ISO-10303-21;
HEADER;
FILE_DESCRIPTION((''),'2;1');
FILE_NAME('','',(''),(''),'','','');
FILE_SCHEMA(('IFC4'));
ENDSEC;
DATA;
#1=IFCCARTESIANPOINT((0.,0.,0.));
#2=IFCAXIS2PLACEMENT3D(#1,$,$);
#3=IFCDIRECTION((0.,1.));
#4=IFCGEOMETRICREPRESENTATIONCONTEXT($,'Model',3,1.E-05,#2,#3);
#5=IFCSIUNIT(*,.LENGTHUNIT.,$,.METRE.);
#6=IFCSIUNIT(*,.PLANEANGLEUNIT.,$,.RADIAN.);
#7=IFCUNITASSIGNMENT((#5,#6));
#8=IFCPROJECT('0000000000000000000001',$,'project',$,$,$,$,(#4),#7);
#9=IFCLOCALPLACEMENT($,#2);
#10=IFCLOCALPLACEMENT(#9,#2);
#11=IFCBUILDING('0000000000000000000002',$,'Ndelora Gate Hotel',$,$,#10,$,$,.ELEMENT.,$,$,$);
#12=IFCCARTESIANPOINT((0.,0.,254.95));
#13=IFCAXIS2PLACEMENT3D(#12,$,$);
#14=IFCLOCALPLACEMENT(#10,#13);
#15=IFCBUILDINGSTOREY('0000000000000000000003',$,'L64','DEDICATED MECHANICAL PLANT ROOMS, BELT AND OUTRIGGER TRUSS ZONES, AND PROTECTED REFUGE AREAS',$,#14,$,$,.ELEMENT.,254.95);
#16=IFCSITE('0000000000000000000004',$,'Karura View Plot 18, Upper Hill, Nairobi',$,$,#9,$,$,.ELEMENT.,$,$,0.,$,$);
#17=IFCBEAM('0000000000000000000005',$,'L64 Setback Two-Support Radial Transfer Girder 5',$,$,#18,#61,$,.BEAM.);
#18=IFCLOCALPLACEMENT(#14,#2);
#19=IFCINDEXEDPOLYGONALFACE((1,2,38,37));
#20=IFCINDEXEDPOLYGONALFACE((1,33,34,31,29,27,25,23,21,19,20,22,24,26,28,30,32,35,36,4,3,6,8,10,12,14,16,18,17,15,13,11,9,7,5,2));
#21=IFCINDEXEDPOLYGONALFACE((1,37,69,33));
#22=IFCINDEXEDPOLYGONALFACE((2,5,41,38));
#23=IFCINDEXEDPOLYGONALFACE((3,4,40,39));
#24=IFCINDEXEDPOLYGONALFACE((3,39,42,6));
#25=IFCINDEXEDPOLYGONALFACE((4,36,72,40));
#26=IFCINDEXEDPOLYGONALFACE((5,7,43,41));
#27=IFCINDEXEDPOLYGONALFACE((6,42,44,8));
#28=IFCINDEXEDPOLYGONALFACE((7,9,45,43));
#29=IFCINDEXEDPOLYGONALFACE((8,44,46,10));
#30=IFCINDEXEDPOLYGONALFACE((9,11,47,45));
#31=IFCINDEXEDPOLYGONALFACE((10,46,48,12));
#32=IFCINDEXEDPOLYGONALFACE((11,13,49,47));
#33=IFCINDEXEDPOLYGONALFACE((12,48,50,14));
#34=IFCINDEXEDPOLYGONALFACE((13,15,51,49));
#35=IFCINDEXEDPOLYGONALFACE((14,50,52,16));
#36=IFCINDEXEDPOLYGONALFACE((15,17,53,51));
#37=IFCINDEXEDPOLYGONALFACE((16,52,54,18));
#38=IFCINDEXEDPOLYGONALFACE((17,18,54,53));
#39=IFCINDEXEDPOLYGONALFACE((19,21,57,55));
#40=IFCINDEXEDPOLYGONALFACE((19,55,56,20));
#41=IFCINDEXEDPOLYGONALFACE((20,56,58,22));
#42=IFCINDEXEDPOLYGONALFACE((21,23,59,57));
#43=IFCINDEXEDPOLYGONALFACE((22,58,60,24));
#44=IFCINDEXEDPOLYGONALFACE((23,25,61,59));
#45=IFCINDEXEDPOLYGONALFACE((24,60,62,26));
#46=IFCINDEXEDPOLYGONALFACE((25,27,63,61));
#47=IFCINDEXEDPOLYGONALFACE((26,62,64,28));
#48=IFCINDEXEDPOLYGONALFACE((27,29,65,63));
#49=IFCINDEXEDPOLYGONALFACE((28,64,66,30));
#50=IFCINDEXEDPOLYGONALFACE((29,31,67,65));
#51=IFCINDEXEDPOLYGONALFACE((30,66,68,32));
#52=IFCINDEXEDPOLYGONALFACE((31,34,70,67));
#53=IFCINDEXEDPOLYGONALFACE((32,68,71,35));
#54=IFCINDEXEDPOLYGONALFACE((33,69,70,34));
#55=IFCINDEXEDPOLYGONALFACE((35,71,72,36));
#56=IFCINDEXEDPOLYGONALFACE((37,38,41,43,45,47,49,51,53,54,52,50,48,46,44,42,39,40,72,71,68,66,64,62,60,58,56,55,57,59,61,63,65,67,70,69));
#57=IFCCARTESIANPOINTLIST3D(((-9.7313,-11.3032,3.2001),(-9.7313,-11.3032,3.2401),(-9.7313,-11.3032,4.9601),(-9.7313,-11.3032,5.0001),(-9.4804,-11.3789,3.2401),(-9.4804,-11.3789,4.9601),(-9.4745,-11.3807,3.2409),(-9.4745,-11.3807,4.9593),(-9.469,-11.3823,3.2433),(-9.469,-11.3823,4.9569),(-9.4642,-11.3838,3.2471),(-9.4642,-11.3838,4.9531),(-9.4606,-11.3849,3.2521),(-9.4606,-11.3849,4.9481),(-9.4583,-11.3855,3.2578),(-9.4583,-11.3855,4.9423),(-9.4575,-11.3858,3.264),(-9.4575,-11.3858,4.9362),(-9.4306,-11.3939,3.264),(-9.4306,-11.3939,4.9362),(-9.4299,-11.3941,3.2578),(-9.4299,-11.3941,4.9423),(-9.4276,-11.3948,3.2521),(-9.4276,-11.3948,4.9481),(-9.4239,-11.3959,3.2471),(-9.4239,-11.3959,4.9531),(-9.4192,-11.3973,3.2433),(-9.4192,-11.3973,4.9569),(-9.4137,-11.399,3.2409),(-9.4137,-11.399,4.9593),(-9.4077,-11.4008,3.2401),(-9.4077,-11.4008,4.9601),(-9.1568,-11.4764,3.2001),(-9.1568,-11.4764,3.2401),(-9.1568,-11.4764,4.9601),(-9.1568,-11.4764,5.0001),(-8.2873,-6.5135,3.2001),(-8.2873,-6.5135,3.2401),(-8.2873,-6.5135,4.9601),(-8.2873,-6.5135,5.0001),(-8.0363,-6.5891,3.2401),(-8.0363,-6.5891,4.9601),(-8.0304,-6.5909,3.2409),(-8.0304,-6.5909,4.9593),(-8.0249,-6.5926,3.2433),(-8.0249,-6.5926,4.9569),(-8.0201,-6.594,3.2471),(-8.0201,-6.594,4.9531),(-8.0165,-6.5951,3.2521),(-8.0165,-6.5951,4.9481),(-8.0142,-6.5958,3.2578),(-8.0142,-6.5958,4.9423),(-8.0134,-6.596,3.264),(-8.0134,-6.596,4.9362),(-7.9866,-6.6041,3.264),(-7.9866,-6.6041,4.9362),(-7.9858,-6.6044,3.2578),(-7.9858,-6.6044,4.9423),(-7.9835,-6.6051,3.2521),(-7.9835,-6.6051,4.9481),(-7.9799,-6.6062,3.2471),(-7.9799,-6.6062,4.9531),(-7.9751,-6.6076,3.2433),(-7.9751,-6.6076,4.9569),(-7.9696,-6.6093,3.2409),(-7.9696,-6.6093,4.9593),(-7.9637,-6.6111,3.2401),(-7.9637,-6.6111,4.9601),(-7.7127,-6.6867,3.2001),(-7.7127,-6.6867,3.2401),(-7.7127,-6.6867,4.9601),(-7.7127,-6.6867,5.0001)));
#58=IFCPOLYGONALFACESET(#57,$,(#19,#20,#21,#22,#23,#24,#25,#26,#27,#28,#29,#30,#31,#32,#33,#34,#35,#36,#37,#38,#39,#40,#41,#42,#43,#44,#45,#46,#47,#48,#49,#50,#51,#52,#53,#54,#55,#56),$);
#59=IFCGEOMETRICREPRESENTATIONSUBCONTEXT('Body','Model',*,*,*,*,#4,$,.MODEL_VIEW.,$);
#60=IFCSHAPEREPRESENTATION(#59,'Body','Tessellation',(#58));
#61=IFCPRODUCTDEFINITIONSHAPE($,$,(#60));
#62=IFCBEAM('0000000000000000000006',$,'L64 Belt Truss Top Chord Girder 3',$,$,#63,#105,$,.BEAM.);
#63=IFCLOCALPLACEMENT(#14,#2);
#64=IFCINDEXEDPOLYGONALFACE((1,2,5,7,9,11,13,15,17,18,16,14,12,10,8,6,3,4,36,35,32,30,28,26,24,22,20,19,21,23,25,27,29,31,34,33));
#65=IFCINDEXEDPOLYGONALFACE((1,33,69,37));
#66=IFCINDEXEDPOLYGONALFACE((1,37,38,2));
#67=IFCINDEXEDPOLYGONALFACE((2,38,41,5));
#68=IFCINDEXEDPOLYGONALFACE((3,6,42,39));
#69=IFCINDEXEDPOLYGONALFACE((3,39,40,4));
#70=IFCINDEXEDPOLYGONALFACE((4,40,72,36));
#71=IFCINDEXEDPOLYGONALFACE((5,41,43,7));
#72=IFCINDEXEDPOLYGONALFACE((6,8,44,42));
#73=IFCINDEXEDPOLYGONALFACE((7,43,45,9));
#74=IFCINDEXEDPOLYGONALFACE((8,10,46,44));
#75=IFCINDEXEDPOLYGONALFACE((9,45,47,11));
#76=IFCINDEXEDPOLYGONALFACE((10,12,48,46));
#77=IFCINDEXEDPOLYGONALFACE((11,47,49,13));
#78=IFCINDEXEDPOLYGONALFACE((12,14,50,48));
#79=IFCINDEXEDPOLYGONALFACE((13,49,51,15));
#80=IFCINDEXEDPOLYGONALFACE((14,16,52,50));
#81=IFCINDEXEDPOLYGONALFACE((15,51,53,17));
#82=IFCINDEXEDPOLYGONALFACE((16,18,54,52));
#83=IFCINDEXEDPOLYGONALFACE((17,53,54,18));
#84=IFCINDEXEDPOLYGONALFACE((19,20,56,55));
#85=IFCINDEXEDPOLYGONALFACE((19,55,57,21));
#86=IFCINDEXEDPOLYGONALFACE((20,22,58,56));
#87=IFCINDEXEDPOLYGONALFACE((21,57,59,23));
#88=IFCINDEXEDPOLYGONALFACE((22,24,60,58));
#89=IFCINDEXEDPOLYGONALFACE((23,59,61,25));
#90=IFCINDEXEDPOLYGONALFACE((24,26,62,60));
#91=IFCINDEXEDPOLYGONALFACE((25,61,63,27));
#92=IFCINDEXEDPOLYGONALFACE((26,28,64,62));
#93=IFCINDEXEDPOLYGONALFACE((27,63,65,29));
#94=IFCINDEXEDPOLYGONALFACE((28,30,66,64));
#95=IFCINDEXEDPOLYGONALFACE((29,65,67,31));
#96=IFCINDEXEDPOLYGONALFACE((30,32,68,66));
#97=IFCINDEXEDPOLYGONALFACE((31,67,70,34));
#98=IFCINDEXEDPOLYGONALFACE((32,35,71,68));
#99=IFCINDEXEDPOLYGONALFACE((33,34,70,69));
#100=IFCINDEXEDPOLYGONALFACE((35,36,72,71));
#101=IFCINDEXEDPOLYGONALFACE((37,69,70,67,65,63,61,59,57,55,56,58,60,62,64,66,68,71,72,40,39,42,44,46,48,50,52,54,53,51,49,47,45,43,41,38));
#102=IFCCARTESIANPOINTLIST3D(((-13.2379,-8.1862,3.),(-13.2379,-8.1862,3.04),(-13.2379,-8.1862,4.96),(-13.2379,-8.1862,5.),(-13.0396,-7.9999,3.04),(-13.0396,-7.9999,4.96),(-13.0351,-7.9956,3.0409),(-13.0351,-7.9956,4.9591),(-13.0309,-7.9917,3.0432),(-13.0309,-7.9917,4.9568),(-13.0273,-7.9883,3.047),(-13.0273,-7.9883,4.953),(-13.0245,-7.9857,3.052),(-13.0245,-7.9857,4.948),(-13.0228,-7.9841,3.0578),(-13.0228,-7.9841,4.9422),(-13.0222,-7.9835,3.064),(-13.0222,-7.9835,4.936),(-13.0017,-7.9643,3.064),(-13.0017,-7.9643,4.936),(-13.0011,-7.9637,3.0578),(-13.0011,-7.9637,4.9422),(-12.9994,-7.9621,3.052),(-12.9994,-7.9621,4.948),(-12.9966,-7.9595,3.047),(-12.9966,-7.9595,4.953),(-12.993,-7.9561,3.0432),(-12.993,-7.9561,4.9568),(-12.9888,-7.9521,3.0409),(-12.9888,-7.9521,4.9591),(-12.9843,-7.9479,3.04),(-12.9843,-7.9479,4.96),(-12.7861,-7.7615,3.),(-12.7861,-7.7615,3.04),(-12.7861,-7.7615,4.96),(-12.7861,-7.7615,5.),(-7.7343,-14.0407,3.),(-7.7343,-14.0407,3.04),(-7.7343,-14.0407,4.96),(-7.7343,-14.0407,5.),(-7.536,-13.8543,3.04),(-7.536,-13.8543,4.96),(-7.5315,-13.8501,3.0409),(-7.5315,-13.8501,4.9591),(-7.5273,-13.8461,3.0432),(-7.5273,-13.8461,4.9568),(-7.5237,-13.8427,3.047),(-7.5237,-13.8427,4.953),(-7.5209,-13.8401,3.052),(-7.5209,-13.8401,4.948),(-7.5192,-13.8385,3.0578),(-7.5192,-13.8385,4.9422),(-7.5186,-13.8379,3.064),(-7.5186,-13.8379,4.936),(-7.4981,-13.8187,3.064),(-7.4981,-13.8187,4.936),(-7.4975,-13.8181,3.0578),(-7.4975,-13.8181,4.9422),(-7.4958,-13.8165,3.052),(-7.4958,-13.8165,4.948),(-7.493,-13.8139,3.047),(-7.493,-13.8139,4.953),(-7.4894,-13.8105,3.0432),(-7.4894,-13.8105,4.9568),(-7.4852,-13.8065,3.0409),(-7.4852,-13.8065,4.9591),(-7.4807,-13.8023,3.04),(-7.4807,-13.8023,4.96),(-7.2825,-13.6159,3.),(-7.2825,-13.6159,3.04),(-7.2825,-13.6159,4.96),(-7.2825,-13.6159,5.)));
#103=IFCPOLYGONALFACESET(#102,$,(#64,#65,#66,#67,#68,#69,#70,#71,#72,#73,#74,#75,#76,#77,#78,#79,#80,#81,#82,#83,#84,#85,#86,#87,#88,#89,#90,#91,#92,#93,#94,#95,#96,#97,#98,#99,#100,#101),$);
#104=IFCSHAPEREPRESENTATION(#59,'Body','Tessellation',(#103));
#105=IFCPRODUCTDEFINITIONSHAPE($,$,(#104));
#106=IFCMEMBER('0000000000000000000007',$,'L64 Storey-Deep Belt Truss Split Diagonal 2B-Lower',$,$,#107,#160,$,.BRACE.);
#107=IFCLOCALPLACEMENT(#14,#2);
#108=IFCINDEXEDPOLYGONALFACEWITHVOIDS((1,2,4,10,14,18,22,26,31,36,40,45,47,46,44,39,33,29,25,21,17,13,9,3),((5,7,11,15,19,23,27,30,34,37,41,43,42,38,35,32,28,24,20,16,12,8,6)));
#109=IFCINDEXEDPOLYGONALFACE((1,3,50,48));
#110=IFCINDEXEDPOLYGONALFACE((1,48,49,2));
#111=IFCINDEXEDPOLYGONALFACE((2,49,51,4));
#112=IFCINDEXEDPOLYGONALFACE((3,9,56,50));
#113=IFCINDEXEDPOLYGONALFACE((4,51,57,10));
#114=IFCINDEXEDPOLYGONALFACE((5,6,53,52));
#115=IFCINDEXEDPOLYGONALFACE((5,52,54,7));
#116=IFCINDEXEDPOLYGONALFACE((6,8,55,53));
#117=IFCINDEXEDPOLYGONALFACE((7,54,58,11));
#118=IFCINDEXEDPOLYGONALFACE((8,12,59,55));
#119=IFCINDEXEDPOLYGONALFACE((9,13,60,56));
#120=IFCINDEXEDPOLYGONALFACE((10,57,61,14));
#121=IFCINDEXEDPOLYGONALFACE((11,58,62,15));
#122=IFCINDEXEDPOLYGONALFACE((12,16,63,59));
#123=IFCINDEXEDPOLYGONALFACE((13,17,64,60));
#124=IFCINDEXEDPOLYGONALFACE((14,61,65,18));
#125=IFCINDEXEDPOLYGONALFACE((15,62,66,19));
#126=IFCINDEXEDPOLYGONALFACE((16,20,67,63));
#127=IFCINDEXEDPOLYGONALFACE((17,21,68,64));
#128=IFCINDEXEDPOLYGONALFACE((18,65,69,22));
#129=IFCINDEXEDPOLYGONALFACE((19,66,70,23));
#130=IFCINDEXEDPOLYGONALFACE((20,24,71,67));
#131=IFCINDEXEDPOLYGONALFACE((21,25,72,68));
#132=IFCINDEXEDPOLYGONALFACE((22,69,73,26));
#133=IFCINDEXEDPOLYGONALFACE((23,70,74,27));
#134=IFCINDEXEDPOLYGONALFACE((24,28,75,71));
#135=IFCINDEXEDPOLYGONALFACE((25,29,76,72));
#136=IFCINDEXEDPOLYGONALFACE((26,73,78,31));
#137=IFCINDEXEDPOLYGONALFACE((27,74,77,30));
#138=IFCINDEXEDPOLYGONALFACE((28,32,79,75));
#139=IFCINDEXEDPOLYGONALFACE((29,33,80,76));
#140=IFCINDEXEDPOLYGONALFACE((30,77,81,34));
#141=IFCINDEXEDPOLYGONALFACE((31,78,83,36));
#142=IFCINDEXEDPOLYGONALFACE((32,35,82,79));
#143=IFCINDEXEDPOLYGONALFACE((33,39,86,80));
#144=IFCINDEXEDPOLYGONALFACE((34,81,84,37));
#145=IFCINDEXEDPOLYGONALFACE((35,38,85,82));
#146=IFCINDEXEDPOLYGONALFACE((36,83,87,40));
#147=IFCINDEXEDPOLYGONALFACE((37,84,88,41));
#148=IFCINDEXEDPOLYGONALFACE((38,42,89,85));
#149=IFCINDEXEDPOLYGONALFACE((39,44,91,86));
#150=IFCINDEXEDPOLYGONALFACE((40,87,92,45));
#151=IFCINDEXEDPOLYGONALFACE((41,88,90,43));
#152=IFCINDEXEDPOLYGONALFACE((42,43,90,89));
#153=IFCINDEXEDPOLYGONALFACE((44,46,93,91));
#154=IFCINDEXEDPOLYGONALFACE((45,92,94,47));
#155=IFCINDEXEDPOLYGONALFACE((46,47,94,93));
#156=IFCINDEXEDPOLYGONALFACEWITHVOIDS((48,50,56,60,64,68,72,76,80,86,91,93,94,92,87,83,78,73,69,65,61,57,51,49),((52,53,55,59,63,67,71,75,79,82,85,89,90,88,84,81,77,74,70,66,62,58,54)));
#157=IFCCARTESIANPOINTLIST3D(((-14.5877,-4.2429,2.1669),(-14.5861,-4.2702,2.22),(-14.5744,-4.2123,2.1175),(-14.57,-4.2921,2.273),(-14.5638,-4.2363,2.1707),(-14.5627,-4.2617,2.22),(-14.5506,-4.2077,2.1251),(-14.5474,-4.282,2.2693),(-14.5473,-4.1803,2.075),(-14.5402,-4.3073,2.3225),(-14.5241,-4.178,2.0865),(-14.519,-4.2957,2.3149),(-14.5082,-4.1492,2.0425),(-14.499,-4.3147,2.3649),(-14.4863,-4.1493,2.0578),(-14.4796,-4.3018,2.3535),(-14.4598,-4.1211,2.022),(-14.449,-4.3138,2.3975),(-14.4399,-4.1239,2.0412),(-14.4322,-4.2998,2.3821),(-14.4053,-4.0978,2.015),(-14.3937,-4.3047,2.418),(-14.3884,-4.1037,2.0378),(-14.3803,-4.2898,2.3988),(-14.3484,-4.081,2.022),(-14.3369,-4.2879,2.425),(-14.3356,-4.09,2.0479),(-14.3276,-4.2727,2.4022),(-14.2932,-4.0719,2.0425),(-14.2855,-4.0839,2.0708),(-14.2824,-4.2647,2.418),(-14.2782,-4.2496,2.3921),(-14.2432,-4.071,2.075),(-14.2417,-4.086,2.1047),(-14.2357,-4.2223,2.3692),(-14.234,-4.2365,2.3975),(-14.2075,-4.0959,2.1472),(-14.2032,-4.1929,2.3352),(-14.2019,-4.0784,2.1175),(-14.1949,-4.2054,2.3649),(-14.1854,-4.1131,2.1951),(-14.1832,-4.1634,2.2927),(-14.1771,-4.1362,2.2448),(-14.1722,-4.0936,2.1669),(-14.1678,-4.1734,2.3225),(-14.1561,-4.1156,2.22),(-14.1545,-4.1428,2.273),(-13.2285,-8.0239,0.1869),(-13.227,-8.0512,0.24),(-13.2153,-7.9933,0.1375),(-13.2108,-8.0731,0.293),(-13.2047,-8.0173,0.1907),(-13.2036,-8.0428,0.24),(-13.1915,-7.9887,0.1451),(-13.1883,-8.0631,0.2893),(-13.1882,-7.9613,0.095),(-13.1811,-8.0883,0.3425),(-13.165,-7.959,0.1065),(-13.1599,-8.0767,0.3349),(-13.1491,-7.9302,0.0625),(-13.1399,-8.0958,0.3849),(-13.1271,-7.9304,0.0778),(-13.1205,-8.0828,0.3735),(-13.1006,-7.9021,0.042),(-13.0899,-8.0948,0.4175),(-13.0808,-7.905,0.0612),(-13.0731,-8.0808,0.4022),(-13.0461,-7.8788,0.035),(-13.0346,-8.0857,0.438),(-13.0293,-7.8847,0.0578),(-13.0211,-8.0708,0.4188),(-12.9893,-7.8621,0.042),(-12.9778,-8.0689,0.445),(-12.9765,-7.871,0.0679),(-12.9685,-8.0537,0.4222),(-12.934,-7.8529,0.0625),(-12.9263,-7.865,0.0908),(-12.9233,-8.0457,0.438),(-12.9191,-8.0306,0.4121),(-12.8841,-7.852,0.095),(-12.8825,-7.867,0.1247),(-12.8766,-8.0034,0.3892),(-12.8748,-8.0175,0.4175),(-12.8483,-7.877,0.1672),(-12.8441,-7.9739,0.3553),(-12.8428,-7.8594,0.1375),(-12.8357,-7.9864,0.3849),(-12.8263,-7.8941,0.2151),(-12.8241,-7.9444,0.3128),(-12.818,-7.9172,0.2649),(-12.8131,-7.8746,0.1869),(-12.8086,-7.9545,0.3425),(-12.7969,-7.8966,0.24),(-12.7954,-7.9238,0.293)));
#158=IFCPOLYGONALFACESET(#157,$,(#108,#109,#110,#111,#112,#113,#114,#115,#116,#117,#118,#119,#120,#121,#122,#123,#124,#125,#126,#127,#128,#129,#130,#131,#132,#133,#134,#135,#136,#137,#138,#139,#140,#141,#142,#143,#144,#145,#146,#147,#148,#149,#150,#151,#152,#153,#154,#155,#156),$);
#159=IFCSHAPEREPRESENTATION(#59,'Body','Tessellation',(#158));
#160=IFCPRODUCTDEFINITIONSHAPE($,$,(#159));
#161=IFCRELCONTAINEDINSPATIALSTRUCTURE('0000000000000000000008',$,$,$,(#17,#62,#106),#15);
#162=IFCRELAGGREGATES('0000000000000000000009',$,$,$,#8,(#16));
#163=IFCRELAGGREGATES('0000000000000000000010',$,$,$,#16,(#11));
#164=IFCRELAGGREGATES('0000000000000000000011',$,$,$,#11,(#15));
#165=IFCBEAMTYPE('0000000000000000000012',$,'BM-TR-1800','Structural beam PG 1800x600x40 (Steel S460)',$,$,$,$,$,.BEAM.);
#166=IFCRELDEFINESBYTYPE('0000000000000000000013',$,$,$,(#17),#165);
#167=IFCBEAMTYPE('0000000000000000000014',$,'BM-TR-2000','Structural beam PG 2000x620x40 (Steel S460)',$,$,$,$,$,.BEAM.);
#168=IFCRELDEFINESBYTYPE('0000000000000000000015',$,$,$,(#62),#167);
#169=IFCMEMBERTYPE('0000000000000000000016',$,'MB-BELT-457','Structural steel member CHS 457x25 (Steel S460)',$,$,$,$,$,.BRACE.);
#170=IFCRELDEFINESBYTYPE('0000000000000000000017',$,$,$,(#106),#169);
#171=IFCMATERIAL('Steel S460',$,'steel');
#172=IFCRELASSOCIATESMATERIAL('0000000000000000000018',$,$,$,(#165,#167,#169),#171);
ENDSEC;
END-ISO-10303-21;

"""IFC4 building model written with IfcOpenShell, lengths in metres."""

from ifc_helpers import new_model, si_unit, direction, frame, origin, origin_2d, place, context, subcontext, project, spatial, hollow_circle, i_section, extrude, material, material_profile, profile_set, type_object, element, save


model = new_model("IFC4")

# Units and contexts
model_context = context("Model", 3, precision=1e-05, world=origin(), true_north=direction((0.0, 1.0)))
body_context = subcontext(model_context, "Body", "Model", "MODEL_VIEW")
ifc_project = project(units=[si_unit("LENGTHUNIT", "METRE"), si_unit("PLANEANGLEUNIT", "RADIAN")], contexts=[model_context])

# Site, building, storey
site_placement = place(None, origin())
site = spatial("IfcSite", under=ifc_project, at=site_placement, Name="Karura View Plot 18, Upper Hill, Nairobi", CompositionType="ELEMENT", RefElevation=0.0)
building_placement = place(site_placement, origin())
building = spatial("IfcBuilding", under=site, at=building_placement, Name="Ndelora Gate Hotel", CompositionType="ELEMENT")
storey_placement = place(building_placement, frame((0.0, 0.0, 254.95)))
storey = spatial("IfcBuildingStorey", under=building, at=storey_placement, Name="L64", Description="DEDICATED MECHANICAL PLANT ROOMS, BELT AND OUTRIGGER TRUSS ZONES, AND PROTECTED REFUGE AREAS", CompositionType="ELEMENT", Elevation=254.95)

# Beams
ifc_material_1 = material(Name="Steel S460", Category="steel")
ifc_material_profile_1 = material_profile(ifc_material_1, i_section(OverallWidth=0.6001, OverallDepth=1.8, WebThickness=0.0281, FlangeThickness=0.04, FilletRadius=0.0239, at=origin_2d()), Name="PG 1800x600x40")
ifc_profile_set_1 = profile_set([ifc_material_profile_1], Name="Steel S460")
beam_type_1 = type_object("IfcBeamType", Name="BM-TR-1800", Description="Structural beam PG 1800x600x40 (Steel S460)", PredefinedType="BEAM", material=ifc_profile_set_1)
beam_1_placement = place(storey_placement, frame((-8.0, -6.6001, 4.1001), z_axis=(-0.288659, -0.957432, 0.0), x_axis=(0.957432, -0.288659, 0.0)))
element("IfcBeam", 1, at=beam_1_placement, inside=storey, type_object=beam_type_1, Name="L64 Setback Two-Support Radial Transfer Girder 5", PredefinedType="BEAM", context=body_context, shape_type="SweptSolid", body=[
    extrude(i_section(OverallWidth=0.6001, OverallDepth=1.8, WebThickness=0.0281, FlangeThickness=0.04, FilletRadius=0.0239, at=origin_2d()), origin(), (0.0, 0.0, 1.0), 5.0027),
])
ifc_material_profile_2 = material_profile(ifc_material_1, i_section(OverallWidth=0.6201, OverallDepth=2.0, WebThickness=0.0281, FlangeThickness=0.04, FilletRadius=0.0239, at=origin_2d()), Name="PG 2000x620x40")
ifc_profile_set_2 = profile_set([ifc_material_profile_2], Name="Steel S460")
beam_type_2 = type_object("IfcBeamType", Name="BM-TR-2000", Description="Structural beam PG 2000x620x40 (Steel S460)", PredefinedType="BEAM", material=ifc_profile_set_2)
beam_2_placement = place(storey_placement, frame((-13.012, -7.9739, 4.0), z_axis=(0.684939, -0.7286, 0.0), x_axis=(0.7286, 0.684939, 0.0)))
element("IfcBeam", 2, at=beam_2_placement, inside=storey, type_object=beam_type_2, Name="L64 Belt Truss Top Chord Girder 3", PredefinedType="BEAM", context=body_context, shape_type="SweptSolid", body=[
    extrude(i_section(OverallWidth=0.6201, OverallDepth=2.0, WebThickness=0.0281, FlangeThickness=0.04, FilletRadius=0.0239, at=origin_2d()), origin(), (0.0, 0.0, 1.0), 8.0352),
])

# Member
ifc_material_profile_3 = material_profile(ifc_material_1, hollow_circle(Radius=0.2285, WallThickness=0.0249, at=origin_2d()), Name="CHS 457x25")
ifc_profile_set_3 = profile_set([ifc_material_profile_3], Name="Steel S460")
member_type = type_object("IfcMemberType", Name="MB-BELT-457", Description="Structural steel member CHS 457x25 (Steel S460)", PredefinedType="BRACE", material=ifc_profile_set_3)
member_1_placement = place(storey_placement, frame((-13.012, -7.9739, 0.24), z_axis=(-0.303429, 0.844118, 0.442035), x_axis=(-0.941048, -0.338272, 0.0)))
element("IfcMember", 3, at=member_1_placement, inside=storey, type_object=member_type, Name="L64 Storey-Deep Belt Truss Split Diagonal 2B-Lower", PredefinedType="BRACE", context=body_context, shape_type="SweptSolid", body=[
    extrude(hollow_circle(Radius=0.2285, WallThickness=0.0249, at=origin_2d()), origin(), (0.0, 0.0, 1.0), 4.4792),
])

save(model, "model.ifc")
